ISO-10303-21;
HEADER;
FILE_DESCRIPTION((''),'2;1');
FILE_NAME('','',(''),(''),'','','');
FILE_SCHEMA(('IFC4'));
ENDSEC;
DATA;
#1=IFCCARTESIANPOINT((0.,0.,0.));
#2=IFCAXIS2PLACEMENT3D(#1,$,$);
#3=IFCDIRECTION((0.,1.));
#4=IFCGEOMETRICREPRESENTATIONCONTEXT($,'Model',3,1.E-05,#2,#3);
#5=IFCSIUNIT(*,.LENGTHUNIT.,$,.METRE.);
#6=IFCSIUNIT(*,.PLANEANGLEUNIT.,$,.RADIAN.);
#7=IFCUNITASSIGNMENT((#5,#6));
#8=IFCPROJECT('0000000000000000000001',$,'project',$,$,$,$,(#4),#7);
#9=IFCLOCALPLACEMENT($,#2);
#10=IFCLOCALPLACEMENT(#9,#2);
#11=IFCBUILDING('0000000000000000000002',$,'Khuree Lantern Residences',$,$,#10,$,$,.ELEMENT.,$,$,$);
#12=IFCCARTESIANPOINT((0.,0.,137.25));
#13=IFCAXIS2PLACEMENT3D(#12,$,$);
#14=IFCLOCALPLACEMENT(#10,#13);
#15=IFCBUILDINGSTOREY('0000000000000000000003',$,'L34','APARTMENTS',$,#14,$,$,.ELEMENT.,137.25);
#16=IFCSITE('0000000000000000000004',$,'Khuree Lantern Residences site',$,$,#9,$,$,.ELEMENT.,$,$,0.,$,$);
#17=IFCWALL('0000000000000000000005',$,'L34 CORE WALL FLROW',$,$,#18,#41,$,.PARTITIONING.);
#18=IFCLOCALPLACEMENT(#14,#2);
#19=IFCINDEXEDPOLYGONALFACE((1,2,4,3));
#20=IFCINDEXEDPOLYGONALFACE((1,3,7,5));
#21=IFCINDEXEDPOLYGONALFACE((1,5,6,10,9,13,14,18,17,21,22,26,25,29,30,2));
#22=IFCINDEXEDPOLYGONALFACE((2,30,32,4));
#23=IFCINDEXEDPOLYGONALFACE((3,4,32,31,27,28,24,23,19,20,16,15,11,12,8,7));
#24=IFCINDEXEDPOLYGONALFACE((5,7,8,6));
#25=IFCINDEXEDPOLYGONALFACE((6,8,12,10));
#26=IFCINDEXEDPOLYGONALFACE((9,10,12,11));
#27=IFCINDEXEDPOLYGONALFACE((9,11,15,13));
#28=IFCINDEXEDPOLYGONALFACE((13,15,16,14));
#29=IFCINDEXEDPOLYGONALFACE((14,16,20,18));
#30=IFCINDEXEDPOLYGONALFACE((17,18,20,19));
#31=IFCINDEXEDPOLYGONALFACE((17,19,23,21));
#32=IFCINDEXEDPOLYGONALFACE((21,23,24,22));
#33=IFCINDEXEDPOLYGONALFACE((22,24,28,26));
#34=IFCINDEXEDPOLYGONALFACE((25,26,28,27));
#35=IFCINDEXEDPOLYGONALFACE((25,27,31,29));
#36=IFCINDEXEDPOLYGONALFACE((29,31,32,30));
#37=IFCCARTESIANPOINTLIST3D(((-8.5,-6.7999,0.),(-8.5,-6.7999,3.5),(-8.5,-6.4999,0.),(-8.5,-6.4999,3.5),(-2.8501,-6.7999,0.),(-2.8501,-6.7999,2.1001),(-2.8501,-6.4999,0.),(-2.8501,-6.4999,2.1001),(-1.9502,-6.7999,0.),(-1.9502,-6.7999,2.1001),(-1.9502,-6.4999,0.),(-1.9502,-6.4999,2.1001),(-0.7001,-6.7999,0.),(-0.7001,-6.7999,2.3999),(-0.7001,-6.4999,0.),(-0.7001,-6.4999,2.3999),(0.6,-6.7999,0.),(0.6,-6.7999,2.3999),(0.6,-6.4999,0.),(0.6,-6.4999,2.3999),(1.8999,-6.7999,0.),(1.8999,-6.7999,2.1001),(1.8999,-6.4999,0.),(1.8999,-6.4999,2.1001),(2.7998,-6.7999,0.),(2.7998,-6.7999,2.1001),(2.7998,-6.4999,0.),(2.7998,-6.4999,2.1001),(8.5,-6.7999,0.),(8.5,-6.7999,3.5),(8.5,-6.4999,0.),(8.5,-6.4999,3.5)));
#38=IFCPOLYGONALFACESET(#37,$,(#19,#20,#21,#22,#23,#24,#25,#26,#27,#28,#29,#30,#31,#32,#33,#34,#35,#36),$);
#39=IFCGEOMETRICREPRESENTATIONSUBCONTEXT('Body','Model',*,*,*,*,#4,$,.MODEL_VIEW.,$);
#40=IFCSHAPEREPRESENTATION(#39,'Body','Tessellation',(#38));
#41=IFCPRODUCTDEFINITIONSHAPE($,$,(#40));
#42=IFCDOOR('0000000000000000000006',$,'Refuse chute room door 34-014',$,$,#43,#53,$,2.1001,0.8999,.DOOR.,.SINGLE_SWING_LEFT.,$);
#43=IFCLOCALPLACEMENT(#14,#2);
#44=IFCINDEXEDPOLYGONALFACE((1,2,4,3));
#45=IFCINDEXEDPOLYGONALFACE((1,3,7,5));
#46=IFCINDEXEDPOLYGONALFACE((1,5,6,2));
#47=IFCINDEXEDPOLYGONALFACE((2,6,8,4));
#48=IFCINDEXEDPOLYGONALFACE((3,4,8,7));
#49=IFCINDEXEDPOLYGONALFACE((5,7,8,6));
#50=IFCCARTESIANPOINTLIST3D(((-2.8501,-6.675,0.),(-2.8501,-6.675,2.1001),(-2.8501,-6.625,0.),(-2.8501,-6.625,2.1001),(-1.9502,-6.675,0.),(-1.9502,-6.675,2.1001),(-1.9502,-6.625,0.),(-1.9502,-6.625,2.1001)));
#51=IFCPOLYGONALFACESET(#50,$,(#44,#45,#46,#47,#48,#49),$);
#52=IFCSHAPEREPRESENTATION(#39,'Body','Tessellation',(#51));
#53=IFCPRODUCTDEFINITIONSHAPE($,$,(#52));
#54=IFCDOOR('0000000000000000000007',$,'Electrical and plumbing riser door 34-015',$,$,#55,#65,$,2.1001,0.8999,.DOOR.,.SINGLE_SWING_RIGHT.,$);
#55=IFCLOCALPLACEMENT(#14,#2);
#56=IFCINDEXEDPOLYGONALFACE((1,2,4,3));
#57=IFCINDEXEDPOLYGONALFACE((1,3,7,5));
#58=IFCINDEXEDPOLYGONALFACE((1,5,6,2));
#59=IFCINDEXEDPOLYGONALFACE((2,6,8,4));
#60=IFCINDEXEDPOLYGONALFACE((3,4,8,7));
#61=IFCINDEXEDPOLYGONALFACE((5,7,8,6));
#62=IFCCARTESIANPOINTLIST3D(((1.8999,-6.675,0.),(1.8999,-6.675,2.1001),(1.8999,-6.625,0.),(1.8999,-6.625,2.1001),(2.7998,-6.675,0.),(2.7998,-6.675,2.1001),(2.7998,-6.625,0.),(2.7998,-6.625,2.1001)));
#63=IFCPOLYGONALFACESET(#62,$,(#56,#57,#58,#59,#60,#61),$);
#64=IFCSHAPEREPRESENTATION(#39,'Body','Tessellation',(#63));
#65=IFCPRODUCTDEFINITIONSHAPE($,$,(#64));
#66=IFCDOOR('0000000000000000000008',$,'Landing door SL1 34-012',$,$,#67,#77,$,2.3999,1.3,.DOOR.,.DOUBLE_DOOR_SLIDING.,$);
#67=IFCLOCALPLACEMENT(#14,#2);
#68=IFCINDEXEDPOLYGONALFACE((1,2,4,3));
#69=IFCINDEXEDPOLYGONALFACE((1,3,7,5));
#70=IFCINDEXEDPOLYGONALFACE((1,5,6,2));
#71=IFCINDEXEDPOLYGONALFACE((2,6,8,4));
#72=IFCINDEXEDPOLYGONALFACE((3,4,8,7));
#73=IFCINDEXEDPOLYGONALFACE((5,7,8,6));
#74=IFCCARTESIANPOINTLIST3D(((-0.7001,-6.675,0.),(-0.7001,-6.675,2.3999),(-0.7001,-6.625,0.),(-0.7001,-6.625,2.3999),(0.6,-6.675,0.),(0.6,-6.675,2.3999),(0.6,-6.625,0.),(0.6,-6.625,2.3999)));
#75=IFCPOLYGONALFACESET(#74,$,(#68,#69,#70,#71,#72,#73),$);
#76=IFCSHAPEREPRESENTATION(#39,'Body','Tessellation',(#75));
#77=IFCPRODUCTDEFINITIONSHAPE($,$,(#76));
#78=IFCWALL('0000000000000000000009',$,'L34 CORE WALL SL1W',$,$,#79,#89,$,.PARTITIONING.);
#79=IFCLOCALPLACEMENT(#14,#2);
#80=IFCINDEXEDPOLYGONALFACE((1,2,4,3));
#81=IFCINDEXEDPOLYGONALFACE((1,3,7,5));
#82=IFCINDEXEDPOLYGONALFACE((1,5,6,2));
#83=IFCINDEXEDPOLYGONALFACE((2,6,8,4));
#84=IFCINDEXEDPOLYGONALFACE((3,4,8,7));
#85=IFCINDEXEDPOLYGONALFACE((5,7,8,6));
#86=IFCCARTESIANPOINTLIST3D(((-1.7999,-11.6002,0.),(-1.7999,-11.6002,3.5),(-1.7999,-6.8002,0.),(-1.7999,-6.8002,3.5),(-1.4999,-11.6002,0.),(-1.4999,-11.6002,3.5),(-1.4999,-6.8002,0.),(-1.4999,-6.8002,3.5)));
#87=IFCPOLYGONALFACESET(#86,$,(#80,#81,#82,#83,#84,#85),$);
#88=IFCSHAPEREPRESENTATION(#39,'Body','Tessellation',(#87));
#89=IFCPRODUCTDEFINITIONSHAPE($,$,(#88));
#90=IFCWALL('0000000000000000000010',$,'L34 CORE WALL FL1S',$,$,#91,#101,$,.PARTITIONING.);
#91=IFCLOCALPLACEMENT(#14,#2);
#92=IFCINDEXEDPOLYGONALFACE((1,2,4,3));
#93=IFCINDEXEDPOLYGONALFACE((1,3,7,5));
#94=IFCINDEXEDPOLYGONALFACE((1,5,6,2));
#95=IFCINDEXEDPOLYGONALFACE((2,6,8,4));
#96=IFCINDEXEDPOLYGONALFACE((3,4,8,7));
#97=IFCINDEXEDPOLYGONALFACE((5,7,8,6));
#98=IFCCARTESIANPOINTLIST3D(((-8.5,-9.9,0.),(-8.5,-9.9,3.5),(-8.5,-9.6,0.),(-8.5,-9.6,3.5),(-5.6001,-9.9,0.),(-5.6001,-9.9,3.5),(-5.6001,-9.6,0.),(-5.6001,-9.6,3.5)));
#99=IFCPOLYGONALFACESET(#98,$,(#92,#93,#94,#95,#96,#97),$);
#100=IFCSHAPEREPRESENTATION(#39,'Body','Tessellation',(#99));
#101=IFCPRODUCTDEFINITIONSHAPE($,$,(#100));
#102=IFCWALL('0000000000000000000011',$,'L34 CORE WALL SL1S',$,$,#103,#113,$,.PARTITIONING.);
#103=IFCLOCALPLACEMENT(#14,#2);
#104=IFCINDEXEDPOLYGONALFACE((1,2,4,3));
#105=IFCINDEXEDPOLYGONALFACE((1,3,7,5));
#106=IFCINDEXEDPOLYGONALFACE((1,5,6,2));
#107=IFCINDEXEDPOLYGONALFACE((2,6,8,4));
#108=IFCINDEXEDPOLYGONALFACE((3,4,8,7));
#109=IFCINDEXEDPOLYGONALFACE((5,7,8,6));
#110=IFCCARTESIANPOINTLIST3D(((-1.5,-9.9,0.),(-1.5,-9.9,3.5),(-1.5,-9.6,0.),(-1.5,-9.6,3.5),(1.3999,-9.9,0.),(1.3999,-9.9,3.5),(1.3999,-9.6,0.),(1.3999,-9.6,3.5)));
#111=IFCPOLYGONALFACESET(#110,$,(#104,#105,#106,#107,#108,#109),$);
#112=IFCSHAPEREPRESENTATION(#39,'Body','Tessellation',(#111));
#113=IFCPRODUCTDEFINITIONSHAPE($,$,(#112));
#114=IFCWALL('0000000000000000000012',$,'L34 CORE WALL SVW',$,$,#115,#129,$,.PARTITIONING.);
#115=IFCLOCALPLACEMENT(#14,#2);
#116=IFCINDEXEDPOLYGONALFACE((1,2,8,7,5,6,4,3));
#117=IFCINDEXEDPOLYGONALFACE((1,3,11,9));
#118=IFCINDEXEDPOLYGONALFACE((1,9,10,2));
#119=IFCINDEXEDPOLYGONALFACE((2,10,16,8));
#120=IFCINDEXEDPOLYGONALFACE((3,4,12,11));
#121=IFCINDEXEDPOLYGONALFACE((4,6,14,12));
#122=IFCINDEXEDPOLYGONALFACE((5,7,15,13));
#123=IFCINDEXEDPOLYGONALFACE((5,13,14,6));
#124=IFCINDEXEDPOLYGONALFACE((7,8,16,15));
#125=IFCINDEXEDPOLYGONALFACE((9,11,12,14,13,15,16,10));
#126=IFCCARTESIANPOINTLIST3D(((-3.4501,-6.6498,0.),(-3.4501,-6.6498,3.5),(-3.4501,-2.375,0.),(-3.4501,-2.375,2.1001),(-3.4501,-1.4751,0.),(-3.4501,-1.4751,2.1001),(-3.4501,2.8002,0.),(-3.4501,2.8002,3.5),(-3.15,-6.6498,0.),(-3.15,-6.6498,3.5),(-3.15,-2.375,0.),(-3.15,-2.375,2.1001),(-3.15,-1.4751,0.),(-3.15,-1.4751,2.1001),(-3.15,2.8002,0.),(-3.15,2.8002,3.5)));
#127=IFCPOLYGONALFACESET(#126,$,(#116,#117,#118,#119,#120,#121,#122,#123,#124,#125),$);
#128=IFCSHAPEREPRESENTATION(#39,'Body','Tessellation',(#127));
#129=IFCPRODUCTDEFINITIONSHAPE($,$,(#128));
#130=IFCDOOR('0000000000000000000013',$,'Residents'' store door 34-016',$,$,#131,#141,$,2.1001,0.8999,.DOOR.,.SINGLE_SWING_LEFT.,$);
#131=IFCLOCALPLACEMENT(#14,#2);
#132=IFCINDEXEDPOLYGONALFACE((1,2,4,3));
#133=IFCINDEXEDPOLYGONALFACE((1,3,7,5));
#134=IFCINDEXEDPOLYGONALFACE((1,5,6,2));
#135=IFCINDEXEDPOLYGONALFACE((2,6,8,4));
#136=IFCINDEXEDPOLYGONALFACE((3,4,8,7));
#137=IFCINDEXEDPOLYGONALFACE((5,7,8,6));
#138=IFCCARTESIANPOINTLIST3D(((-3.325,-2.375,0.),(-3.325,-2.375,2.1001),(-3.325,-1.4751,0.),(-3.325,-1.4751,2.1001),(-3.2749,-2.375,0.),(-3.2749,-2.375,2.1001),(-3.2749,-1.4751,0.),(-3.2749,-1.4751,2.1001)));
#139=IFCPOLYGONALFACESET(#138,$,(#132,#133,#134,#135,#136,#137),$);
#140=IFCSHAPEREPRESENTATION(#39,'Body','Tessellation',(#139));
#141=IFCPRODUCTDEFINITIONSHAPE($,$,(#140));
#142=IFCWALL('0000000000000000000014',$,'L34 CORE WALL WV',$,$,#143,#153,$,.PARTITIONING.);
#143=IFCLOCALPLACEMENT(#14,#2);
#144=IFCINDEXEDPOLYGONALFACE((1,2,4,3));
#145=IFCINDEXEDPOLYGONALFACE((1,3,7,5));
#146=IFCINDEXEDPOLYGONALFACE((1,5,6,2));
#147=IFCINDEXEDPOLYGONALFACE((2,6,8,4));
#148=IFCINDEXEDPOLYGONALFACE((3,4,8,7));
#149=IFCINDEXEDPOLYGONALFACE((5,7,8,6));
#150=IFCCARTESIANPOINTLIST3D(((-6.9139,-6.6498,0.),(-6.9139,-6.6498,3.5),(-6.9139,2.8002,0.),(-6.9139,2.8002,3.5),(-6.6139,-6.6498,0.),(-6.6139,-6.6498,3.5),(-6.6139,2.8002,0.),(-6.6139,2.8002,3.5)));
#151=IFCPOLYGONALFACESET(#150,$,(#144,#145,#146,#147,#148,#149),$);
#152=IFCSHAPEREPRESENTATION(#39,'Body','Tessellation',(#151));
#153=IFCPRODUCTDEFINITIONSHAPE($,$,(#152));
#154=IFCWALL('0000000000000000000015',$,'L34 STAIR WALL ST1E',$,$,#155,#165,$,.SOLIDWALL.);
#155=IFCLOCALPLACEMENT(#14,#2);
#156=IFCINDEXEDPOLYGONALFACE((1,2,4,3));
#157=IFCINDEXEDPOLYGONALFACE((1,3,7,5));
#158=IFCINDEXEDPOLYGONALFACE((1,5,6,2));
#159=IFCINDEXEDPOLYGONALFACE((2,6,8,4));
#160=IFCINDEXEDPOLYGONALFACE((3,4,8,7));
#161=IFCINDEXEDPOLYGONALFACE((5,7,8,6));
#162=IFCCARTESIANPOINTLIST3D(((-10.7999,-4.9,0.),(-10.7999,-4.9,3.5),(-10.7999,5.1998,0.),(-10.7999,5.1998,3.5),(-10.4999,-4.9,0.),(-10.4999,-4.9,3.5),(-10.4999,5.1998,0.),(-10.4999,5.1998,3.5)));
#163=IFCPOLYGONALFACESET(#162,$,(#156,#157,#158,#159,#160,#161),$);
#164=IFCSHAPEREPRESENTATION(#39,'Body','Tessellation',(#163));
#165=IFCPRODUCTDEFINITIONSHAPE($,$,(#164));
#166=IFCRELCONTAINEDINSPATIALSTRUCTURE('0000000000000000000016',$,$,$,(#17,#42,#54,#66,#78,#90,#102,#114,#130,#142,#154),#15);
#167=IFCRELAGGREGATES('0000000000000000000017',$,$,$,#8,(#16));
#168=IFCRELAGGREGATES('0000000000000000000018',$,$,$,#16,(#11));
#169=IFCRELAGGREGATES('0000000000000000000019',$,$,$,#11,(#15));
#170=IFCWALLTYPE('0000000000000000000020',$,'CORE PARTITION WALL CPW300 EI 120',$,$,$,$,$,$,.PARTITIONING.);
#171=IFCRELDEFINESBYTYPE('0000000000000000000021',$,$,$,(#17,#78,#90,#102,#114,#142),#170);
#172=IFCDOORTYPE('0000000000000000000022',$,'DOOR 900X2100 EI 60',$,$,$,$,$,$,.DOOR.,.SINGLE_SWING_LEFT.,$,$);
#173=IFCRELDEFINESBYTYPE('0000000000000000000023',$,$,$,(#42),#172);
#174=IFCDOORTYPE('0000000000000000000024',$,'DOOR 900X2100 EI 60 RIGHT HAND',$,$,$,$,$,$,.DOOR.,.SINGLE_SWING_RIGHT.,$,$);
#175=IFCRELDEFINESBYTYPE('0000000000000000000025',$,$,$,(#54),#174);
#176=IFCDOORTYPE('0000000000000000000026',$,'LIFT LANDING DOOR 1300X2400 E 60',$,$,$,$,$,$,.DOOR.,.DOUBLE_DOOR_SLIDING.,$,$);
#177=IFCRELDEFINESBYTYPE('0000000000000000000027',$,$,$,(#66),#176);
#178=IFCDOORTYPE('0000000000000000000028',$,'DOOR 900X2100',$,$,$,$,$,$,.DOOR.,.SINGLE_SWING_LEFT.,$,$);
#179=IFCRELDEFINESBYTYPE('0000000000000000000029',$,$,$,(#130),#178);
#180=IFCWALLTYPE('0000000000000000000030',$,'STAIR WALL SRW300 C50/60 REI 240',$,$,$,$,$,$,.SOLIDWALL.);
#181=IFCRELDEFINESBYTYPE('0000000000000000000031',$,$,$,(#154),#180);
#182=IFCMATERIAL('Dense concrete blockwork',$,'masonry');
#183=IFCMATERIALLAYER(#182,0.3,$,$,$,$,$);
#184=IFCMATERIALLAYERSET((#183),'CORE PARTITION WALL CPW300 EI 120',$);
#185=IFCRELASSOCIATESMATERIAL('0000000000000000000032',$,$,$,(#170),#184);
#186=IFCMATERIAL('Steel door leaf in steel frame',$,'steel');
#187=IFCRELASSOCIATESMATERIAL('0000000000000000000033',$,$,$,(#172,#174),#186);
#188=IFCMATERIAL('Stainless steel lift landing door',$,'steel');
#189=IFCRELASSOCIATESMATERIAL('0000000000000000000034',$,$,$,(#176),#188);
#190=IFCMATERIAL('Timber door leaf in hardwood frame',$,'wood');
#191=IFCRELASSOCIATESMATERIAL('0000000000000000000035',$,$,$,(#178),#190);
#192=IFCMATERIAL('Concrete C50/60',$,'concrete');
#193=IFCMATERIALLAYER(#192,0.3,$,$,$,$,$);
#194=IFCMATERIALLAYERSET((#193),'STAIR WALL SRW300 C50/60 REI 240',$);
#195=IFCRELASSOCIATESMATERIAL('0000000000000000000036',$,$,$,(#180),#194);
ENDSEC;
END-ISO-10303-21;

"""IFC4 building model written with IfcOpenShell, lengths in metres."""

from ifc_helpers import new_model, si_unit, direction, frame, frame_2d, origin, place, context, subcontext, project, spatial, rectangle, extrude, material, layer, layer_set, type_object, element, fill, save


model = new_model("IFC4")

# Units and contexts
model_context = context("Model", 3, precision=1e-05, world=origin(), true_north=direction((0.0, 1.0)))
body_context = subcontext(model_context, "Body", "Model", "MODEL_VIEW")
ifc_project = project(units=[si_unit("LENGTHUNIT", "METRE"), si_unit("PLANEANGLEUNIT", "RADIAN")], contexts=[model_context])

# Site, building, storey
site_placement = place(None, origin())
site = spatial("IfcSite", under=ifc_project, at=site_placement, Name="Khuree Lantern Residences site", CompositionType="ELEMENT", RefElevation=0.0)
building_placement = place(site_placement, origin())
building = spatial("IfcBuilding", under=site, at=building_placement, Name="Khuree Lantern Residences", CompositionType="ELEMENT")
storey_placement = place(building_placement, frame((0.0, 0.0, 137.25)))
storey = spatial("IfcBuildingStorey", under=building, at=storey_placement, Name="L34", Description="APARTMENTS", CompositionType="ELEMENT", Elevation=137.25)

# Wall, openings, doors
ifc_material_1 = material(Name="Dense concrete blockwork", Category="masonry")
ifc_layer_1 = layer(ifc_material_1, 0.3)
ifc_layer_set_1 = layer_set([ifc_layer_1], Name="CORE PARTITION WALL CPW300 EI 120")
wall_type_1 = type_object("IfcWallType", Name="CORE PARTITION WALL CPW300 EI 120", PredefinedType="PARTITIONING", material=ifc_layer_set_1)
wall_1_placement = place(storey_placement, frame((-8.5, -6.6499, 0.0), z_axis=(0.0, 0.0, 1.0), x_axis=(1.0, 0.0, 0.0)))
wall_1 = element("IfcWall", 1, at=wall_1_placement, inside=storey, type_object=wall_type_1, Name="L34 CORE WALL FLROW", PredefinedType="PARTITIONING", context=body_context, shape_type="SweptSolid", body=[
    extrude(rectangle(XDim=17.0, YDim=0.3, at=frame_2d((8.5, 0.0))), origin(), (0.0, 0.0, 1.0), 3.5),
])
opening_1_placement = place(wall_1_placement, frame((7.8, 0.0, 0.0)))
opening_1 = element("IfcOpeningElement", 2, at=opening_1_placement, cuts=wall_1, PredefinedType="OPENING", context=body_context, shape_type="SweptSolid", body=[
    extrude(rectangle(XDim=1.3, YDim=2.3999, at=frame_2d((0.6499, 1.2))), frame((0.0, 0.1602, 0.0), z_axis=(0.0, -1.0, 0.0), x_axis=(1.0, 0.0, 0.0)), (0.0, 0.0, 1.0), 0.3201),
])
opening_2_placement = place(wall_1_placement, frame((5.6499, 0.0, 0.0)))
opening_2 = element("IfcOpeningElement", 3, at=opening_2_placement, cuts=wall_1, PredefinedType="OPENING", context=body_context, shape_type="SweptSolid", body=[
    extrude(rectangle(XDim=0.8999, YDim=2.1001, at=frame_2d((0.45, 1.05))), frame((0.0, 0.1602, 0.0), z_axis=(0.0, -1.0, 0.0), x_axis=(1.0, 0.0, 0.0)), (0.0, 0.0, 1.0), 0.3201),
])
opening_3_placement = place(wall_1_placement, frame((10.3999, 0.0, 0.0)))
opening_3 = element("IfcOpeningElement", 4, at=opening_3_placement, cuts=wall_1, PredefinedType="OPENING", context=body_context, shape_type="SweptSolid", body=[
    extrude(rectangle(XDim=0.8999, YDim=2.1001, at=frame_2d((0.45, 1.05))), frame((0.0, 0.1602, 0.0), z_axis=(0.0, -1.0, 0.0), x_axis=(1.0, 0.0, 0.0)), (0.0, 0.0, 1.0), 0.3201),
])
ifc_material_2 = material(Name="Steel door leaf in steel frame", Category="steel")
door_type_1 = type_object("IfcDoorType", Name="DOOR 900X2100 EI 60", OperationType="SINGLE_SWING_LEFT", PredefinedType="DOOR", material=ifc_material_2)
door_1_placement = place(opening_2_placement, origin())
door_1 = element("IfcDoor", 5, at=door_1_placement, inside=storey, type_object=door_type_1, Name="Refuse chute room door 34-014", OperationType="SINGLE_SWING_LEFT", OverallHeight=2.1001, OverallWidth=0.8999, PredefinedType="DOOR", context=body_context, shape_type="SweptSolid", body=[
    extrude(rectangle(XDim=0.8999, YDim=2.1001, at=frame_2d((0.45, 1.05))), frame((0.0, 0.0249, 0.0), z_axis=(0.0, -1.0, 0.0), x_axis=(1.0, 0.0, 0.0)), (0.0, 0.0, 1.0), 0.05),
])
fill(opening_2, door_1)
door_type_2 = type_object("IfcDoorType", Name="DOOR 900X2100 EI 60 RIGHT HAND", OperationType="SINGLE_SWING_RIGHT", PredefinedType="DOOR", material=ifc_material_2)
door_2_placement = place(opening_3_placement, origin())
door_2 = element("IfcDoor", 6, at=door_2_placement, inside=storey, type_object=door_type_2, Name="Electrical and plumbing riser door 34-015", OperationType="SINGLE_SWING_RIGHT", OverallHeight=2.1001, OverallWidth=0.8999, PredefinedType="DOOR", context=body_context, shape_type="SweptSolid", body=[
    extrude(rectangle(XDim=0.8999, YDim=2.1001, at=frame_2d((0.45, 1.05))), frame((0.0, 0.0249, 0.0), z_axis=(0.0, -1.0, 0.0), x_axis=(1.0, 0.0, 0.0)), (0.0, 0.0, 1.0), 0.05),
])
fill(opening_3, door_2)
ifc_material_3 = material(Name="Stainless steel lift landing door", Category="steel")
door_type_3 = type_object("IfcDoorType", Name="LIFT LANDING DOOR 1300X2400 E 60", OperationType="DOUBLE_DOOR_SLIDING", PredefinedType="DOOR", material=ifc_material_3)
door_3_placement = place(opening_1_placement, origin())
door_3 = element("IfcDoor", 7, at=door_3_placement, inside=storey, type_object=door_type_3, Name="Landing door SL1 34-012", OperationType="DOUBLE_DOOR_SLIDING", OverallHeight=2.3999, OverallWidth=1.3, PredefinedType="DOOR", context=body_context, shape_type="SweptSolid", body=[
    extrude(rectangle(XDim=1.3, YDim=2.3999, at=frame_2d((0.6499, 1.2))), frame((0.0, 0.0249, 0.0), z_axis=(0.0, -1.0, 0.0), x_axis=(1.0, 0.0, 0.0)), (0.0, 0.0, 1.0), 0.05),
])
fill(opening_1, door_3)

# Walls
wall_2_placement = place(storey_placement, frame((-1.6499, -11.6001, 0.0), z_axis=(0.0, 0.0, 1.0), x_axis=(0.0, 1.0, 0.0)))
element("IfcWall", 8, at=wall_2_placement, inside=storey, type_object=wall_type_1, Name="L34 CORE WALL SL1W", PredefinedType="PARTITIONING", context=body_context, shape_type="SweptSolid", body=[
    extrude(rectangle(XDim=4.8, YDim=0.3, at=frame_2d((2.3999, 0.0))), origin(), (0.0, 0.0, 1.0), 3.5),
])
for number, where, z_axis, x_axis, name in (
    (9, (-8.5, -9.75, 0.0), (0.0, 0.0, 1.0), (1.0, 0.0, 0.0), "L34 CORE WALL FL1S"),
    (10, (-1.5, -9.75, 0.0), (0.0, 0.0, 1.0), (1.0, 0.0, 0.0), "L34 CORE WALL SL1S"),
):
    element("IfcWall", number, at=place(storey_placement, frame(where, z_axis=z_axis, x_axis=x_axis)), inside=storey, type_object=wall_type_1, Name=name, PredefinedType="PARTITIONING", context=body_context, shape_type="SweptSolid", body=[
        extrude(rectangle(XDim=2.8999, YDim=0.3, at=frame_2d((1.45, 0.0))), origin(), (0.0, 0.0, 1.0), 3.5),
    ])

# Wall, opening, door
wall_3_placement = place(storey_placement, frame((-3.3, -6.6499, 0.0), z_axis=(0.0, 0.0, 1.0), x_axis=(0.0, 1.0, 0.0)))
wall_3 = element("IfcWall", 11, at=wall_3_placement, inside=storey, type_object=wall_type_1, Name="L34 CORE WALL SVW", PredefinedType="PARTITIONING", context=body_context, shape_type="SweptSolid", body=[
    extrude(rectangle(XDim=9.45, YDim=0.3, at=frame_2d((4.7251, 0.0))), origin(), (0.0, 0.0, 1.0), 3.5),
])
opening_4_placement = place(wall_3_placement, frame((4.2749, 0.0, 0.0)))
opening_4 = element("IfcOpeningElement", 12, at=opening_4_placement, cuts=wall_3, PredefinedType="OPENING", context=body_context, shape_type="SweptSolid", body=[
    extrude(rectangle(XDim=0.8999, YDim=2.1001, at=frame_2d((0.45, 1.05))), frame((0.0, 0.1602, 0.0), z_axis=(0.0, -1.0, 0.0), x_axis=(1.0, 0.0, 0.0)), (0.0, 0.0, 1.0), 0.3201),
])
ifc_material_4 = material(Name="Timber door leaf in hardwood frame", Category="wood")
door_type_4 = type_object("IfcDoorType", Name="DOOR 900X2100", OperationType="SINGLE_SWING_LEFT", PredefinedType="DOOR", material=ifc_material_4)
door_4_placement = place(opening_4_placement, origin())
door_4 = element("IfcDoor", 13, at=door_4_placement, inside=storey, type_object=door_type_4, Name="Residents' store door 34-016", OperationType="SINGLE_SWING_LEFT", OverallHeight=2.1001, OverallWidth=0.8999, PredefinedType="DOOR", context=body_context, shape_type="SweptSolid", body=[
    extrude(rectangle(XDim=0.8999, YDim=2.1001, at=frame_2d((0.45, 1.05))), frame((0.0, 0.0249, 0.0), z_axis=(0.0, -1.0, 0.0), x_axis=(1.0, 0.0, 0.0)), (0.0, 0.0, 1.0), 0.05),
])
fill(opening_4, door_4)

# Walls
wall_4_placement = place(storey_placement, frame((-6.7639, -6.6499, 0.0), z_axis=(0.0, 0.0, 1.0), x_axis=(0.0, 1.0, 0.0)))
element("IfcWall", 14, at=wall_4_placement, inside=storey, type_object=wall_type_1, Name="L34 CORE WALL WV", PredefinedType="PARTITIONING", context=body_context, shape_type="SweptSolid", body=[
    extrude(rectangle(XDim=9.45, YDim=0.3, at=frame_2d((4.7251, 0.0))), origin(), (0.0, 0.0, 1.0), 3.5),
])
ifc_material_5 = material(Name="Concrete C50/60", Category="concrete")
ifc_layer_2 = layer(ifc_material_5, 0.3)
ifc_layer_set_2 = layer_set([ifc_layer_2], Name="STAIR WALL SRW300 C50/60 REI 240")
wall_type_2 = type_object("IfcWallType", Name="STAIR WALL SRW300 C50/60 REI 240", PredefinedType="SOLIDWALL", material=ifc_layer_set_2)
wall_5_placement = place(storey_placement, frame((-10.6499, -4.8999, 0.0), z_axis=(0.0, 0.0, 1.0), x_axis=(0.0, 1.0, 0.0)))
element("IfcWall", 15, at=wall_5_placement, inside=storey, type_object=wall_type_2, Name="L34 STAIR WALL ST1E", PredefinedType="SOLIDWALL", context=body_context, shape_type="SweptSolid", body=[
    extrude(rectangle(XDim=10.0999, YDim=0.3, at=frame_2d((5.0498, 0.0))), origin(), (0.0, 0.0, 1.0), 3.5),
])

save(model, "model.ifc")
